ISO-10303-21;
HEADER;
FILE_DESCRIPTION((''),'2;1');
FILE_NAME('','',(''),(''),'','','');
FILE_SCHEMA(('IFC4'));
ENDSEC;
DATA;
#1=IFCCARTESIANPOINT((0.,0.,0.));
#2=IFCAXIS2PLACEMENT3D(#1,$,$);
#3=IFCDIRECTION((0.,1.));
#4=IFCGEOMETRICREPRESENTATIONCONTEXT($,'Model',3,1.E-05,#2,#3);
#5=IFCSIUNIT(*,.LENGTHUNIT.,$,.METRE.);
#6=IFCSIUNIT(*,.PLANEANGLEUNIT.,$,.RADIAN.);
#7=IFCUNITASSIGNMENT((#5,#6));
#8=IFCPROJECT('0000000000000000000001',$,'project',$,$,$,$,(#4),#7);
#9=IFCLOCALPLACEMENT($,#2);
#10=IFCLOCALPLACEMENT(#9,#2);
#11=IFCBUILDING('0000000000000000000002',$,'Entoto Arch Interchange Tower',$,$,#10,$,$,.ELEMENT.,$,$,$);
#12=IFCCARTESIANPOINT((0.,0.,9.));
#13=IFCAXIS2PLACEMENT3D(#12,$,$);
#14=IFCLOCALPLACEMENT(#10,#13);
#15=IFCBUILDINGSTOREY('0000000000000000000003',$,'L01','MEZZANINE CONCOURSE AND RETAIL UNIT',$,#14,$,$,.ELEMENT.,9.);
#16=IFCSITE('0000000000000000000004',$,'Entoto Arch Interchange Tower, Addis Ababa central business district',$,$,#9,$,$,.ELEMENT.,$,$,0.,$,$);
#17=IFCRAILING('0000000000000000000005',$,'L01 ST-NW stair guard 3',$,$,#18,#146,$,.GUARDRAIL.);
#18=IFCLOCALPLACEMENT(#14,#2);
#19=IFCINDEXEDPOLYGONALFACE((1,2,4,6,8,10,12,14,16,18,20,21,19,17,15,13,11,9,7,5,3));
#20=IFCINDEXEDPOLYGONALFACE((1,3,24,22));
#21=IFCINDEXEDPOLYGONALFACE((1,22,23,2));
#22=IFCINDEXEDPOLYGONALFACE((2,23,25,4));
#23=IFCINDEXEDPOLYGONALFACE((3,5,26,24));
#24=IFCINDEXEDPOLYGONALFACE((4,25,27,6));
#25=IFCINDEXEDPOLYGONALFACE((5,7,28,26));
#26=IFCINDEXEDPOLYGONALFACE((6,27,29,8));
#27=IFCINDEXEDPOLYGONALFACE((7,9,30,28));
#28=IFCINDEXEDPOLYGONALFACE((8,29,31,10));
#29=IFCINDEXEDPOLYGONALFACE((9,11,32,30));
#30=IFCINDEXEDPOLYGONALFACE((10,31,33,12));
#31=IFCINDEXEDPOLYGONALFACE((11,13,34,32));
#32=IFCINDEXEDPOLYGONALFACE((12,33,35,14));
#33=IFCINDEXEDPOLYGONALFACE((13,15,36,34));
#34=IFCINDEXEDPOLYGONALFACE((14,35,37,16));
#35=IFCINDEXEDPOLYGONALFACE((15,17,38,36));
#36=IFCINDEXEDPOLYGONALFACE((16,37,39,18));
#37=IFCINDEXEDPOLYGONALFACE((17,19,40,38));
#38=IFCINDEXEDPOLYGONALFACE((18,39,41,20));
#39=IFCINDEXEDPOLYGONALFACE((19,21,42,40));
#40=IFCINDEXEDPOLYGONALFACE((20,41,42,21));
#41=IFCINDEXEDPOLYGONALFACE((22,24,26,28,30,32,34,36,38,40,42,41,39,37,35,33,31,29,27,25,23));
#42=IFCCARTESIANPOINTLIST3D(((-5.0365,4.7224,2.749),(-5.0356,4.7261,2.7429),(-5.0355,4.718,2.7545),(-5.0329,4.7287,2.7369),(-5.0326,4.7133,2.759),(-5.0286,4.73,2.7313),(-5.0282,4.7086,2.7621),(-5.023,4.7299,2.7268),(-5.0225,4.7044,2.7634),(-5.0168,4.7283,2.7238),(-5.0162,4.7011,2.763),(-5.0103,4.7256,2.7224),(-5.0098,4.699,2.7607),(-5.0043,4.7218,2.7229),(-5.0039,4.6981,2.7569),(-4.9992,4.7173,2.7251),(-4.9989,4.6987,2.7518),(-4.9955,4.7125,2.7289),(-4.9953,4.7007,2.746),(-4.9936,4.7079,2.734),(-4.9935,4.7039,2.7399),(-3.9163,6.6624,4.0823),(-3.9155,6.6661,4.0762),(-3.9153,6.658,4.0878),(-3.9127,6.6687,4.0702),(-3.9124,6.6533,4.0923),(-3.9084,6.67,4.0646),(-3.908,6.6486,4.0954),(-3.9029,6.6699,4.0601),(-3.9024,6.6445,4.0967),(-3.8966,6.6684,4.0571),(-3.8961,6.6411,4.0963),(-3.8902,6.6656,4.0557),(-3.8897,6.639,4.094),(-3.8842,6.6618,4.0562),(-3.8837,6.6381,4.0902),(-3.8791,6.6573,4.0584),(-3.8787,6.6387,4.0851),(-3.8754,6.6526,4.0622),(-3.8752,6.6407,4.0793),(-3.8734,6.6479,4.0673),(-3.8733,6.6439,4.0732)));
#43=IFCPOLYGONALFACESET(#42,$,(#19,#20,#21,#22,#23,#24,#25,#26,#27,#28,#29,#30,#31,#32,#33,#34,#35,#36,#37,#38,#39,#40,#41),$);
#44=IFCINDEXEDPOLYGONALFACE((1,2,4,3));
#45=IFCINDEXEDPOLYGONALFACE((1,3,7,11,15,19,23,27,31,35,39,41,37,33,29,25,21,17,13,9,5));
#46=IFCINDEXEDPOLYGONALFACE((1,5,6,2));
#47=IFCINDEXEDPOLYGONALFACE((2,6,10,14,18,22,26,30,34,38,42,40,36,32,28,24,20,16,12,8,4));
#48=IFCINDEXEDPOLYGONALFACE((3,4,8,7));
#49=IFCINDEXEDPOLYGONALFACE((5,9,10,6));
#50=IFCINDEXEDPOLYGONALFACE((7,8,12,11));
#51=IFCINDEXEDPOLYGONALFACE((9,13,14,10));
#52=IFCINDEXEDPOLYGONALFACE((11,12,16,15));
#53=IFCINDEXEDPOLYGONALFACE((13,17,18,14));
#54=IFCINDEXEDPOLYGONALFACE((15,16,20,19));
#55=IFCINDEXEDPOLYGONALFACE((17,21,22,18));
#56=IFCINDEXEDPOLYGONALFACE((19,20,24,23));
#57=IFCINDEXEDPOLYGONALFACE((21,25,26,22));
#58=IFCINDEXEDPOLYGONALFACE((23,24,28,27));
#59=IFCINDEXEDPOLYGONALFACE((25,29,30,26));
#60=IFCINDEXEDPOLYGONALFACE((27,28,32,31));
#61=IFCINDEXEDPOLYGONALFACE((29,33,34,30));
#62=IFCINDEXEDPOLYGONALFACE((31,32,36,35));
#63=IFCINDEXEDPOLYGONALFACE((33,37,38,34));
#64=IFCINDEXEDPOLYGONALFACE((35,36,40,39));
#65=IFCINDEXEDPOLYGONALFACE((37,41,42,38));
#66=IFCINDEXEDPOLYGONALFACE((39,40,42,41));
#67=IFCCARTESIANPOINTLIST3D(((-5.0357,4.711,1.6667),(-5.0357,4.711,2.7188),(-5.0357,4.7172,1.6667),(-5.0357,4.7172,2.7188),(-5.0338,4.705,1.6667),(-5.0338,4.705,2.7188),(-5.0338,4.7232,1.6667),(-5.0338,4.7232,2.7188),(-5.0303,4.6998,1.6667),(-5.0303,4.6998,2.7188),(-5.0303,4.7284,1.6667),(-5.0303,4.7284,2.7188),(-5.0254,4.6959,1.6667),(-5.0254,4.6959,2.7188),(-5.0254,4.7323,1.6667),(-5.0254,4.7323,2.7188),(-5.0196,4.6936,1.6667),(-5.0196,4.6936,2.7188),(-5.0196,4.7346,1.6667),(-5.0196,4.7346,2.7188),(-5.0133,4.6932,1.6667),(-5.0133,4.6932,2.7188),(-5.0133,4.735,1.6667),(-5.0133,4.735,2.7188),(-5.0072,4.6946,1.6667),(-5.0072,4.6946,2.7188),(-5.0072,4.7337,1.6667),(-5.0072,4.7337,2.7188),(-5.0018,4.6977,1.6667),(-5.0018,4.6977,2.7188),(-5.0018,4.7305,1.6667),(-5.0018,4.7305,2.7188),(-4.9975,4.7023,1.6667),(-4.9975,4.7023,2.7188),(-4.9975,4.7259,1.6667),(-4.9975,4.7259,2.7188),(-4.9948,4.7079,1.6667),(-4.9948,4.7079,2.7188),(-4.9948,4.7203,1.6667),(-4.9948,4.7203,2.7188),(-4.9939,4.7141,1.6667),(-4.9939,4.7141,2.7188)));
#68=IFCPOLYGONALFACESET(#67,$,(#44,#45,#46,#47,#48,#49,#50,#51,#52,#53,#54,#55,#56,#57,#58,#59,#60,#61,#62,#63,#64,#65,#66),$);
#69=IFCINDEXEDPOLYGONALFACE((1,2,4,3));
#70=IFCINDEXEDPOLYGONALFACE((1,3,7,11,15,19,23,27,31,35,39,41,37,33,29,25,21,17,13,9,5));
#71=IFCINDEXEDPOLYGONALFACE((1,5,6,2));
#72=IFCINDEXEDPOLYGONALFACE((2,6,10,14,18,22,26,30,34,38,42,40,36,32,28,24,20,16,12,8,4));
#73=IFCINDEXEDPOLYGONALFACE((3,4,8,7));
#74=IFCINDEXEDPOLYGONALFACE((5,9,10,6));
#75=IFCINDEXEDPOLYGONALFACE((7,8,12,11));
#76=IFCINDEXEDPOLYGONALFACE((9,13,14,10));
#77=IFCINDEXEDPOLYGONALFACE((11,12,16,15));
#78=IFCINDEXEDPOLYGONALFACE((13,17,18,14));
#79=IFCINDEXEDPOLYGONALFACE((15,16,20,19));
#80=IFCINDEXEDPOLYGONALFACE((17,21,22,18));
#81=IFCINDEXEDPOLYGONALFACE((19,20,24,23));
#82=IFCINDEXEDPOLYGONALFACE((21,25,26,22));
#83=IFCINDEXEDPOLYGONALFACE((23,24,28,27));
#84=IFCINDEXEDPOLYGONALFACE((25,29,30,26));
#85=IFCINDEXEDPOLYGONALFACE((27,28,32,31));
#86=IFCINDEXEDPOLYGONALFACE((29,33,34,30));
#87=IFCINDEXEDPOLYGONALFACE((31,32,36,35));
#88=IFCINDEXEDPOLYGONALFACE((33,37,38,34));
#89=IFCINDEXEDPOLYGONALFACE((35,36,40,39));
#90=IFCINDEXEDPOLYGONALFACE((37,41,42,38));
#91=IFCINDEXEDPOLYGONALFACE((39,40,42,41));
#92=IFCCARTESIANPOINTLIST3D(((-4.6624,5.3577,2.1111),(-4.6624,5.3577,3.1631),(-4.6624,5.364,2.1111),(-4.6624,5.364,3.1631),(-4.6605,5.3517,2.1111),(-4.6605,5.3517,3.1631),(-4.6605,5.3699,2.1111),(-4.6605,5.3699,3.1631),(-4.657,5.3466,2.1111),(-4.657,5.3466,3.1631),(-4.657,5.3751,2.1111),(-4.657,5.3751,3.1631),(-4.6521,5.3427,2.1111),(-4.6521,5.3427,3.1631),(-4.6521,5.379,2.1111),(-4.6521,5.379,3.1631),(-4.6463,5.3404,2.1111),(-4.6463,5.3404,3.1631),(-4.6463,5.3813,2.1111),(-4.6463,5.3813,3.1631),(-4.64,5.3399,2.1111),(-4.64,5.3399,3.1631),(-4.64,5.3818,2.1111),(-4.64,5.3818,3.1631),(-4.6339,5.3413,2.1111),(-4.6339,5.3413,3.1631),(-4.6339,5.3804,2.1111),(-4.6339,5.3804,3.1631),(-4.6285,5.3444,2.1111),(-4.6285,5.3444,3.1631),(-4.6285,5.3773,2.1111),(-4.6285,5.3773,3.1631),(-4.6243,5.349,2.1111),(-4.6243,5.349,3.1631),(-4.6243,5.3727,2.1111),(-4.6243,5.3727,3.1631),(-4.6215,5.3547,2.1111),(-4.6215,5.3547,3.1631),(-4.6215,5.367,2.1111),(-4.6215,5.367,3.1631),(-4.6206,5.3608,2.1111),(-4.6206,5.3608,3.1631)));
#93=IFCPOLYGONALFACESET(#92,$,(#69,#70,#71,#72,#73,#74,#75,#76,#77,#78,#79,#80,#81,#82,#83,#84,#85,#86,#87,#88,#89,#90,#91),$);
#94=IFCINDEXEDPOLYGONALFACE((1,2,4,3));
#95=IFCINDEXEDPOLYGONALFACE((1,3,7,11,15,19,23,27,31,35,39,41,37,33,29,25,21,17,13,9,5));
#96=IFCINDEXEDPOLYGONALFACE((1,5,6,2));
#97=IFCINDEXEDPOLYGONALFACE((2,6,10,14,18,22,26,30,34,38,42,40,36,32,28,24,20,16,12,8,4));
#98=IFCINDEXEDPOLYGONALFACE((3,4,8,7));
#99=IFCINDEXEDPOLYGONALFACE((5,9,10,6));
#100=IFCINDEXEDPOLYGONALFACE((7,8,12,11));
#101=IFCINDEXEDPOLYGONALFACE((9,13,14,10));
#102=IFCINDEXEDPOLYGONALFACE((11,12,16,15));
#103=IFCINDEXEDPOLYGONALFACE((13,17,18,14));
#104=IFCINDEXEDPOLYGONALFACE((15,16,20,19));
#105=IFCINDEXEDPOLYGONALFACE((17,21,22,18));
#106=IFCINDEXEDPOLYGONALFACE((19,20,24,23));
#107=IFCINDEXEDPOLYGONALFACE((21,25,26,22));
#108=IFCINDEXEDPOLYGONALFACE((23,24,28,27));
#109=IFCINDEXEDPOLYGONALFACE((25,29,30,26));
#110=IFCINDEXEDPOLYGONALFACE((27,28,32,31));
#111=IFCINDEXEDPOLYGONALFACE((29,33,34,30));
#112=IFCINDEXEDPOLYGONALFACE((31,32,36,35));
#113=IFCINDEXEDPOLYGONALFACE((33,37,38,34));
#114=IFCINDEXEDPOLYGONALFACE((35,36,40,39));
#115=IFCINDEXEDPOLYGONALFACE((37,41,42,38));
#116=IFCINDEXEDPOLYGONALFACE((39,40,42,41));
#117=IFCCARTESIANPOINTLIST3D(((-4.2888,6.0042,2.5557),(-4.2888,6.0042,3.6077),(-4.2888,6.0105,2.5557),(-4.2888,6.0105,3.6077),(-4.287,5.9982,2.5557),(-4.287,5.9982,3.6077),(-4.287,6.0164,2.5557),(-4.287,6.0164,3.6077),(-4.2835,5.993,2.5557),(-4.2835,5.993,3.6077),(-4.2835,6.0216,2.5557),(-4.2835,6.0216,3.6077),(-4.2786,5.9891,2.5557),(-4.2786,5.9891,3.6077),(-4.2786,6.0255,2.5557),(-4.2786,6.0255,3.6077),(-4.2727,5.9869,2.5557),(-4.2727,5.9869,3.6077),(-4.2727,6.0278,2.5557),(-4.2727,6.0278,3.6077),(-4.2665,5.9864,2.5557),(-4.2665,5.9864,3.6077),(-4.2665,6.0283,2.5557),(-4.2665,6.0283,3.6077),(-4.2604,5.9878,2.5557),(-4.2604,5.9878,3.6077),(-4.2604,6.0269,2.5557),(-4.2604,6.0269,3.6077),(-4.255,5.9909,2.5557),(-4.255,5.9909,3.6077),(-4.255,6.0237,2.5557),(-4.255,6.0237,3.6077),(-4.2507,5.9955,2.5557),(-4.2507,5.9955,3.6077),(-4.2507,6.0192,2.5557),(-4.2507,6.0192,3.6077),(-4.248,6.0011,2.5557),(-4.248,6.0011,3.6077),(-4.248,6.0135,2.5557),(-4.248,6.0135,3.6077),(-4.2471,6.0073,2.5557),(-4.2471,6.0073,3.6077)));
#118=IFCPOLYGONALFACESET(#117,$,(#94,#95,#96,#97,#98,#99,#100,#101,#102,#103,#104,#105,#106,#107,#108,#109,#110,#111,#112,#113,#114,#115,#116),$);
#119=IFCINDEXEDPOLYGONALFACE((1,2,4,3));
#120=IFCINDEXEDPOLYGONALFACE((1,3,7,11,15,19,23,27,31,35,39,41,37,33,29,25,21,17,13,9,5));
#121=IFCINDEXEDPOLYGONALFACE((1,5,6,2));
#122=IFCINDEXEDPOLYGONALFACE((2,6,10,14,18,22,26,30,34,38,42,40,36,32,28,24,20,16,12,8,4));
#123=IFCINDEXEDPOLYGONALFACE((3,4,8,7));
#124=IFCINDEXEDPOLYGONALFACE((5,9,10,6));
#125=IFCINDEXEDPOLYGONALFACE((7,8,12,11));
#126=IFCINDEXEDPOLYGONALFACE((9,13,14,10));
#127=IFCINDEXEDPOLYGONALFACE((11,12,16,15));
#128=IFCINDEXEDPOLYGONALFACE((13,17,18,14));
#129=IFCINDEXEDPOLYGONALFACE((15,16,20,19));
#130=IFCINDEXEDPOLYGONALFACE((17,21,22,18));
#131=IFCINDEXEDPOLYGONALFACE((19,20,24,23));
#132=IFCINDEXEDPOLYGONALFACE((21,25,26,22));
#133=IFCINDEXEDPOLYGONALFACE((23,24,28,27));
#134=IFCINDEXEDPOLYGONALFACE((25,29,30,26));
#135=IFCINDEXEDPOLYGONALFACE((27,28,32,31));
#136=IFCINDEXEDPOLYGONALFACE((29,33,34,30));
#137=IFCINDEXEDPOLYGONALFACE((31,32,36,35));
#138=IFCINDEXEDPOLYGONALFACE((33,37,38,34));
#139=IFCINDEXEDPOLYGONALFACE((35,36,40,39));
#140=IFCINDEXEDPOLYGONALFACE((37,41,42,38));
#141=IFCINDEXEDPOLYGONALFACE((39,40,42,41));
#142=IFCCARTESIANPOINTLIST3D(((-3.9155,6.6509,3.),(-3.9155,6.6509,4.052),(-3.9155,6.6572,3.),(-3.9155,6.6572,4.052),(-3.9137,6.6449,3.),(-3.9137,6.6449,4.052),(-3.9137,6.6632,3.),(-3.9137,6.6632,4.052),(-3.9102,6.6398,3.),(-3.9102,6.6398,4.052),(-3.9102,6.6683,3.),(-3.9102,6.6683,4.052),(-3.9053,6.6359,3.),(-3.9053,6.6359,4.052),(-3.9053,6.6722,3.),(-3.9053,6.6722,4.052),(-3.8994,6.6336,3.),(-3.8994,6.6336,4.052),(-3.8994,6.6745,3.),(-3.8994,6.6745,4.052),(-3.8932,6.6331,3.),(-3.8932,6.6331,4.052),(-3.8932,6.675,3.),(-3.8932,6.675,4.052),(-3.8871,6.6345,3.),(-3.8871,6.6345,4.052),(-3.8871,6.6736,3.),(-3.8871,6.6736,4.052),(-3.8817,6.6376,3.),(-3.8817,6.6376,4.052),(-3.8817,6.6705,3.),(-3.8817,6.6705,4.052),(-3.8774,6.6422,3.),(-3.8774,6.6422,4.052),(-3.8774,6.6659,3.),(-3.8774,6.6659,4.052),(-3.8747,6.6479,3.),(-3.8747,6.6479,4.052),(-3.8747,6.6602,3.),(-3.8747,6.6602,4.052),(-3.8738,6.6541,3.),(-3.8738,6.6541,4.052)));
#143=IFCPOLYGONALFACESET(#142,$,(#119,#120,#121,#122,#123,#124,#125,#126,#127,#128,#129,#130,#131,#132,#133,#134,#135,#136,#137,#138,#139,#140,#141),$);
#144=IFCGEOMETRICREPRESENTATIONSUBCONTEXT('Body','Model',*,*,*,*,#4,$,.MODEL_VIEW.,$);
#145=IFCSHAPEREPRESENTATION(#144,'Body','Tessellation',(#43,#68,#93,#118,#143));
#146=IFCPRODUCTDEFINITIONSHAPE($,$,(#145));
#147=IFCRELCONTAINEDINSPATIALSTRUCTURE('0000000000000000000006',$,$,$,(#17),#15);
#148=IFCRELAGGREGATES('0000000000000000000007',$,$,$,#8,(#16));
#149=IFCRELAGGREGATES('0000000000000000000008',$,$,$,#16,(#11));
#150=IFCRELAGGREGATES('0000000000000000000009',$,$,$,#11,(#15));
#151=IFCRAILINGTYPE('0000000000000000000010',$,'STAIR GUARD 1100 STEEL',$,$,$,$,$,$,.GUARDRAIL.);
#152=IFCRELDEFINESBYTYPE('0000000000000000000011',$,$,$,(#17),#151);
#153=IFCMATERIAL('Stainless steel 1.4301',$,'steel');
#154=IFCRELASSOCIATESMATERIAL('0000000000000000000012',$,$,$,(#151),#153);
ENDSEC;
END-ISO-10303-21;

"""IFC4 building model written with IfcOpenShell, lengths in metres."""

from ifc_helpers import new_model, si_unit, direction, frame, origin, origin_2d, place, context, subcontext, project, spatial, circle, extrude, material, type_object, element, save


model = new_model("IFC4")

# Units and contexts
model_context = context("Model", 3, precision=1e-05, world=origin(), true_north=direction((0.0, 1.0)))
body_context = subcontext(model_context, "Body", "Model", "MODEL_VIEW")
ifc_project = project(units=[si_unit("LENGTHUNIT", "METRE"), si_unit("PLANEANGLEUNIT", "RADIAN")], contexts=[model_context])

# Site, building, storey
site_placement = place(None, origin())
site = spatial("IfcSite", under=ifc_project, at=site_placement, Name="Entoto Arch Interchange Tower, Addis Ababa central business district", CompositionType="ELEMENT", RefElevation=0.0)
building_placement = place(site_placement, origin())
building = spatial("IfcBuilding", under=site, at=building_placement, Name="Entoto Arch Interchange Tower", CompositionType="ELEMENT")
storey_placement = place(building_placement, frame((0.0, 0.0, 9.0)))
storey = spatial("IfcBuildingStorey", under=building, at=storey_placement, Name="L01", Description="MEZZANINE CONCOURSE AND RETAIL UNIT", CompositionType="ELEMENT", Elevation=9.0)

# Railing
ifc_material_1 = material(Name="Stainless steel 1.4301", Category="steel")
railing_type = type_object("IfcRailingType", Name="STAIR GUARD 1100 STEEL", PredefinedType="GUARDRAIL", material=ifc_material_1)
railing_1_placement = place(storey_placement, frame((-5.0149, 4.7141, 1.6667)))
element("IfcRailing", 1, at=railing_1_placement, inside=storey, type_object=railing_type, Name="L01 ST-NW stair guard 3", PredefinedType="GUARDRAIL", context=body_context, shape_type="SweptSolid", body=[
    extrude(circle(Radius=0.0239, at=origin_2d()), frame((0.0, 0.0, 1.0762), z_axis=(0.429684, 0.744175, 0.511444), x_axis=(-0.866008, 0.500031, 0.0)), (0.0, 0.0, 1.0), 2.6069),
    extrude(circle(Radius=0.021, at=origin_2d()), origin(), (0.0, 0.0, 1.0), 1.052),
    extrude(circle(Radius=0.021, at=origin_2d()), frame((0.3733, 0.6467, 0.4443)), (0.0, 0.0, 1.0), 1.052),
    extrude(circle(Radius=0.021, at=origin_2d()), frame((0.7468, 1.2932, 0.8889)), (0.0, 0.0, 1.0), 1.052),
    extrude(circle(Radius=0.021, at=origin_2d()), frame((1.1201, 1.9399, 1.3333)), (0.0, 0.0, 1.0), 1.052),
])

save(model, "model.ifc")
